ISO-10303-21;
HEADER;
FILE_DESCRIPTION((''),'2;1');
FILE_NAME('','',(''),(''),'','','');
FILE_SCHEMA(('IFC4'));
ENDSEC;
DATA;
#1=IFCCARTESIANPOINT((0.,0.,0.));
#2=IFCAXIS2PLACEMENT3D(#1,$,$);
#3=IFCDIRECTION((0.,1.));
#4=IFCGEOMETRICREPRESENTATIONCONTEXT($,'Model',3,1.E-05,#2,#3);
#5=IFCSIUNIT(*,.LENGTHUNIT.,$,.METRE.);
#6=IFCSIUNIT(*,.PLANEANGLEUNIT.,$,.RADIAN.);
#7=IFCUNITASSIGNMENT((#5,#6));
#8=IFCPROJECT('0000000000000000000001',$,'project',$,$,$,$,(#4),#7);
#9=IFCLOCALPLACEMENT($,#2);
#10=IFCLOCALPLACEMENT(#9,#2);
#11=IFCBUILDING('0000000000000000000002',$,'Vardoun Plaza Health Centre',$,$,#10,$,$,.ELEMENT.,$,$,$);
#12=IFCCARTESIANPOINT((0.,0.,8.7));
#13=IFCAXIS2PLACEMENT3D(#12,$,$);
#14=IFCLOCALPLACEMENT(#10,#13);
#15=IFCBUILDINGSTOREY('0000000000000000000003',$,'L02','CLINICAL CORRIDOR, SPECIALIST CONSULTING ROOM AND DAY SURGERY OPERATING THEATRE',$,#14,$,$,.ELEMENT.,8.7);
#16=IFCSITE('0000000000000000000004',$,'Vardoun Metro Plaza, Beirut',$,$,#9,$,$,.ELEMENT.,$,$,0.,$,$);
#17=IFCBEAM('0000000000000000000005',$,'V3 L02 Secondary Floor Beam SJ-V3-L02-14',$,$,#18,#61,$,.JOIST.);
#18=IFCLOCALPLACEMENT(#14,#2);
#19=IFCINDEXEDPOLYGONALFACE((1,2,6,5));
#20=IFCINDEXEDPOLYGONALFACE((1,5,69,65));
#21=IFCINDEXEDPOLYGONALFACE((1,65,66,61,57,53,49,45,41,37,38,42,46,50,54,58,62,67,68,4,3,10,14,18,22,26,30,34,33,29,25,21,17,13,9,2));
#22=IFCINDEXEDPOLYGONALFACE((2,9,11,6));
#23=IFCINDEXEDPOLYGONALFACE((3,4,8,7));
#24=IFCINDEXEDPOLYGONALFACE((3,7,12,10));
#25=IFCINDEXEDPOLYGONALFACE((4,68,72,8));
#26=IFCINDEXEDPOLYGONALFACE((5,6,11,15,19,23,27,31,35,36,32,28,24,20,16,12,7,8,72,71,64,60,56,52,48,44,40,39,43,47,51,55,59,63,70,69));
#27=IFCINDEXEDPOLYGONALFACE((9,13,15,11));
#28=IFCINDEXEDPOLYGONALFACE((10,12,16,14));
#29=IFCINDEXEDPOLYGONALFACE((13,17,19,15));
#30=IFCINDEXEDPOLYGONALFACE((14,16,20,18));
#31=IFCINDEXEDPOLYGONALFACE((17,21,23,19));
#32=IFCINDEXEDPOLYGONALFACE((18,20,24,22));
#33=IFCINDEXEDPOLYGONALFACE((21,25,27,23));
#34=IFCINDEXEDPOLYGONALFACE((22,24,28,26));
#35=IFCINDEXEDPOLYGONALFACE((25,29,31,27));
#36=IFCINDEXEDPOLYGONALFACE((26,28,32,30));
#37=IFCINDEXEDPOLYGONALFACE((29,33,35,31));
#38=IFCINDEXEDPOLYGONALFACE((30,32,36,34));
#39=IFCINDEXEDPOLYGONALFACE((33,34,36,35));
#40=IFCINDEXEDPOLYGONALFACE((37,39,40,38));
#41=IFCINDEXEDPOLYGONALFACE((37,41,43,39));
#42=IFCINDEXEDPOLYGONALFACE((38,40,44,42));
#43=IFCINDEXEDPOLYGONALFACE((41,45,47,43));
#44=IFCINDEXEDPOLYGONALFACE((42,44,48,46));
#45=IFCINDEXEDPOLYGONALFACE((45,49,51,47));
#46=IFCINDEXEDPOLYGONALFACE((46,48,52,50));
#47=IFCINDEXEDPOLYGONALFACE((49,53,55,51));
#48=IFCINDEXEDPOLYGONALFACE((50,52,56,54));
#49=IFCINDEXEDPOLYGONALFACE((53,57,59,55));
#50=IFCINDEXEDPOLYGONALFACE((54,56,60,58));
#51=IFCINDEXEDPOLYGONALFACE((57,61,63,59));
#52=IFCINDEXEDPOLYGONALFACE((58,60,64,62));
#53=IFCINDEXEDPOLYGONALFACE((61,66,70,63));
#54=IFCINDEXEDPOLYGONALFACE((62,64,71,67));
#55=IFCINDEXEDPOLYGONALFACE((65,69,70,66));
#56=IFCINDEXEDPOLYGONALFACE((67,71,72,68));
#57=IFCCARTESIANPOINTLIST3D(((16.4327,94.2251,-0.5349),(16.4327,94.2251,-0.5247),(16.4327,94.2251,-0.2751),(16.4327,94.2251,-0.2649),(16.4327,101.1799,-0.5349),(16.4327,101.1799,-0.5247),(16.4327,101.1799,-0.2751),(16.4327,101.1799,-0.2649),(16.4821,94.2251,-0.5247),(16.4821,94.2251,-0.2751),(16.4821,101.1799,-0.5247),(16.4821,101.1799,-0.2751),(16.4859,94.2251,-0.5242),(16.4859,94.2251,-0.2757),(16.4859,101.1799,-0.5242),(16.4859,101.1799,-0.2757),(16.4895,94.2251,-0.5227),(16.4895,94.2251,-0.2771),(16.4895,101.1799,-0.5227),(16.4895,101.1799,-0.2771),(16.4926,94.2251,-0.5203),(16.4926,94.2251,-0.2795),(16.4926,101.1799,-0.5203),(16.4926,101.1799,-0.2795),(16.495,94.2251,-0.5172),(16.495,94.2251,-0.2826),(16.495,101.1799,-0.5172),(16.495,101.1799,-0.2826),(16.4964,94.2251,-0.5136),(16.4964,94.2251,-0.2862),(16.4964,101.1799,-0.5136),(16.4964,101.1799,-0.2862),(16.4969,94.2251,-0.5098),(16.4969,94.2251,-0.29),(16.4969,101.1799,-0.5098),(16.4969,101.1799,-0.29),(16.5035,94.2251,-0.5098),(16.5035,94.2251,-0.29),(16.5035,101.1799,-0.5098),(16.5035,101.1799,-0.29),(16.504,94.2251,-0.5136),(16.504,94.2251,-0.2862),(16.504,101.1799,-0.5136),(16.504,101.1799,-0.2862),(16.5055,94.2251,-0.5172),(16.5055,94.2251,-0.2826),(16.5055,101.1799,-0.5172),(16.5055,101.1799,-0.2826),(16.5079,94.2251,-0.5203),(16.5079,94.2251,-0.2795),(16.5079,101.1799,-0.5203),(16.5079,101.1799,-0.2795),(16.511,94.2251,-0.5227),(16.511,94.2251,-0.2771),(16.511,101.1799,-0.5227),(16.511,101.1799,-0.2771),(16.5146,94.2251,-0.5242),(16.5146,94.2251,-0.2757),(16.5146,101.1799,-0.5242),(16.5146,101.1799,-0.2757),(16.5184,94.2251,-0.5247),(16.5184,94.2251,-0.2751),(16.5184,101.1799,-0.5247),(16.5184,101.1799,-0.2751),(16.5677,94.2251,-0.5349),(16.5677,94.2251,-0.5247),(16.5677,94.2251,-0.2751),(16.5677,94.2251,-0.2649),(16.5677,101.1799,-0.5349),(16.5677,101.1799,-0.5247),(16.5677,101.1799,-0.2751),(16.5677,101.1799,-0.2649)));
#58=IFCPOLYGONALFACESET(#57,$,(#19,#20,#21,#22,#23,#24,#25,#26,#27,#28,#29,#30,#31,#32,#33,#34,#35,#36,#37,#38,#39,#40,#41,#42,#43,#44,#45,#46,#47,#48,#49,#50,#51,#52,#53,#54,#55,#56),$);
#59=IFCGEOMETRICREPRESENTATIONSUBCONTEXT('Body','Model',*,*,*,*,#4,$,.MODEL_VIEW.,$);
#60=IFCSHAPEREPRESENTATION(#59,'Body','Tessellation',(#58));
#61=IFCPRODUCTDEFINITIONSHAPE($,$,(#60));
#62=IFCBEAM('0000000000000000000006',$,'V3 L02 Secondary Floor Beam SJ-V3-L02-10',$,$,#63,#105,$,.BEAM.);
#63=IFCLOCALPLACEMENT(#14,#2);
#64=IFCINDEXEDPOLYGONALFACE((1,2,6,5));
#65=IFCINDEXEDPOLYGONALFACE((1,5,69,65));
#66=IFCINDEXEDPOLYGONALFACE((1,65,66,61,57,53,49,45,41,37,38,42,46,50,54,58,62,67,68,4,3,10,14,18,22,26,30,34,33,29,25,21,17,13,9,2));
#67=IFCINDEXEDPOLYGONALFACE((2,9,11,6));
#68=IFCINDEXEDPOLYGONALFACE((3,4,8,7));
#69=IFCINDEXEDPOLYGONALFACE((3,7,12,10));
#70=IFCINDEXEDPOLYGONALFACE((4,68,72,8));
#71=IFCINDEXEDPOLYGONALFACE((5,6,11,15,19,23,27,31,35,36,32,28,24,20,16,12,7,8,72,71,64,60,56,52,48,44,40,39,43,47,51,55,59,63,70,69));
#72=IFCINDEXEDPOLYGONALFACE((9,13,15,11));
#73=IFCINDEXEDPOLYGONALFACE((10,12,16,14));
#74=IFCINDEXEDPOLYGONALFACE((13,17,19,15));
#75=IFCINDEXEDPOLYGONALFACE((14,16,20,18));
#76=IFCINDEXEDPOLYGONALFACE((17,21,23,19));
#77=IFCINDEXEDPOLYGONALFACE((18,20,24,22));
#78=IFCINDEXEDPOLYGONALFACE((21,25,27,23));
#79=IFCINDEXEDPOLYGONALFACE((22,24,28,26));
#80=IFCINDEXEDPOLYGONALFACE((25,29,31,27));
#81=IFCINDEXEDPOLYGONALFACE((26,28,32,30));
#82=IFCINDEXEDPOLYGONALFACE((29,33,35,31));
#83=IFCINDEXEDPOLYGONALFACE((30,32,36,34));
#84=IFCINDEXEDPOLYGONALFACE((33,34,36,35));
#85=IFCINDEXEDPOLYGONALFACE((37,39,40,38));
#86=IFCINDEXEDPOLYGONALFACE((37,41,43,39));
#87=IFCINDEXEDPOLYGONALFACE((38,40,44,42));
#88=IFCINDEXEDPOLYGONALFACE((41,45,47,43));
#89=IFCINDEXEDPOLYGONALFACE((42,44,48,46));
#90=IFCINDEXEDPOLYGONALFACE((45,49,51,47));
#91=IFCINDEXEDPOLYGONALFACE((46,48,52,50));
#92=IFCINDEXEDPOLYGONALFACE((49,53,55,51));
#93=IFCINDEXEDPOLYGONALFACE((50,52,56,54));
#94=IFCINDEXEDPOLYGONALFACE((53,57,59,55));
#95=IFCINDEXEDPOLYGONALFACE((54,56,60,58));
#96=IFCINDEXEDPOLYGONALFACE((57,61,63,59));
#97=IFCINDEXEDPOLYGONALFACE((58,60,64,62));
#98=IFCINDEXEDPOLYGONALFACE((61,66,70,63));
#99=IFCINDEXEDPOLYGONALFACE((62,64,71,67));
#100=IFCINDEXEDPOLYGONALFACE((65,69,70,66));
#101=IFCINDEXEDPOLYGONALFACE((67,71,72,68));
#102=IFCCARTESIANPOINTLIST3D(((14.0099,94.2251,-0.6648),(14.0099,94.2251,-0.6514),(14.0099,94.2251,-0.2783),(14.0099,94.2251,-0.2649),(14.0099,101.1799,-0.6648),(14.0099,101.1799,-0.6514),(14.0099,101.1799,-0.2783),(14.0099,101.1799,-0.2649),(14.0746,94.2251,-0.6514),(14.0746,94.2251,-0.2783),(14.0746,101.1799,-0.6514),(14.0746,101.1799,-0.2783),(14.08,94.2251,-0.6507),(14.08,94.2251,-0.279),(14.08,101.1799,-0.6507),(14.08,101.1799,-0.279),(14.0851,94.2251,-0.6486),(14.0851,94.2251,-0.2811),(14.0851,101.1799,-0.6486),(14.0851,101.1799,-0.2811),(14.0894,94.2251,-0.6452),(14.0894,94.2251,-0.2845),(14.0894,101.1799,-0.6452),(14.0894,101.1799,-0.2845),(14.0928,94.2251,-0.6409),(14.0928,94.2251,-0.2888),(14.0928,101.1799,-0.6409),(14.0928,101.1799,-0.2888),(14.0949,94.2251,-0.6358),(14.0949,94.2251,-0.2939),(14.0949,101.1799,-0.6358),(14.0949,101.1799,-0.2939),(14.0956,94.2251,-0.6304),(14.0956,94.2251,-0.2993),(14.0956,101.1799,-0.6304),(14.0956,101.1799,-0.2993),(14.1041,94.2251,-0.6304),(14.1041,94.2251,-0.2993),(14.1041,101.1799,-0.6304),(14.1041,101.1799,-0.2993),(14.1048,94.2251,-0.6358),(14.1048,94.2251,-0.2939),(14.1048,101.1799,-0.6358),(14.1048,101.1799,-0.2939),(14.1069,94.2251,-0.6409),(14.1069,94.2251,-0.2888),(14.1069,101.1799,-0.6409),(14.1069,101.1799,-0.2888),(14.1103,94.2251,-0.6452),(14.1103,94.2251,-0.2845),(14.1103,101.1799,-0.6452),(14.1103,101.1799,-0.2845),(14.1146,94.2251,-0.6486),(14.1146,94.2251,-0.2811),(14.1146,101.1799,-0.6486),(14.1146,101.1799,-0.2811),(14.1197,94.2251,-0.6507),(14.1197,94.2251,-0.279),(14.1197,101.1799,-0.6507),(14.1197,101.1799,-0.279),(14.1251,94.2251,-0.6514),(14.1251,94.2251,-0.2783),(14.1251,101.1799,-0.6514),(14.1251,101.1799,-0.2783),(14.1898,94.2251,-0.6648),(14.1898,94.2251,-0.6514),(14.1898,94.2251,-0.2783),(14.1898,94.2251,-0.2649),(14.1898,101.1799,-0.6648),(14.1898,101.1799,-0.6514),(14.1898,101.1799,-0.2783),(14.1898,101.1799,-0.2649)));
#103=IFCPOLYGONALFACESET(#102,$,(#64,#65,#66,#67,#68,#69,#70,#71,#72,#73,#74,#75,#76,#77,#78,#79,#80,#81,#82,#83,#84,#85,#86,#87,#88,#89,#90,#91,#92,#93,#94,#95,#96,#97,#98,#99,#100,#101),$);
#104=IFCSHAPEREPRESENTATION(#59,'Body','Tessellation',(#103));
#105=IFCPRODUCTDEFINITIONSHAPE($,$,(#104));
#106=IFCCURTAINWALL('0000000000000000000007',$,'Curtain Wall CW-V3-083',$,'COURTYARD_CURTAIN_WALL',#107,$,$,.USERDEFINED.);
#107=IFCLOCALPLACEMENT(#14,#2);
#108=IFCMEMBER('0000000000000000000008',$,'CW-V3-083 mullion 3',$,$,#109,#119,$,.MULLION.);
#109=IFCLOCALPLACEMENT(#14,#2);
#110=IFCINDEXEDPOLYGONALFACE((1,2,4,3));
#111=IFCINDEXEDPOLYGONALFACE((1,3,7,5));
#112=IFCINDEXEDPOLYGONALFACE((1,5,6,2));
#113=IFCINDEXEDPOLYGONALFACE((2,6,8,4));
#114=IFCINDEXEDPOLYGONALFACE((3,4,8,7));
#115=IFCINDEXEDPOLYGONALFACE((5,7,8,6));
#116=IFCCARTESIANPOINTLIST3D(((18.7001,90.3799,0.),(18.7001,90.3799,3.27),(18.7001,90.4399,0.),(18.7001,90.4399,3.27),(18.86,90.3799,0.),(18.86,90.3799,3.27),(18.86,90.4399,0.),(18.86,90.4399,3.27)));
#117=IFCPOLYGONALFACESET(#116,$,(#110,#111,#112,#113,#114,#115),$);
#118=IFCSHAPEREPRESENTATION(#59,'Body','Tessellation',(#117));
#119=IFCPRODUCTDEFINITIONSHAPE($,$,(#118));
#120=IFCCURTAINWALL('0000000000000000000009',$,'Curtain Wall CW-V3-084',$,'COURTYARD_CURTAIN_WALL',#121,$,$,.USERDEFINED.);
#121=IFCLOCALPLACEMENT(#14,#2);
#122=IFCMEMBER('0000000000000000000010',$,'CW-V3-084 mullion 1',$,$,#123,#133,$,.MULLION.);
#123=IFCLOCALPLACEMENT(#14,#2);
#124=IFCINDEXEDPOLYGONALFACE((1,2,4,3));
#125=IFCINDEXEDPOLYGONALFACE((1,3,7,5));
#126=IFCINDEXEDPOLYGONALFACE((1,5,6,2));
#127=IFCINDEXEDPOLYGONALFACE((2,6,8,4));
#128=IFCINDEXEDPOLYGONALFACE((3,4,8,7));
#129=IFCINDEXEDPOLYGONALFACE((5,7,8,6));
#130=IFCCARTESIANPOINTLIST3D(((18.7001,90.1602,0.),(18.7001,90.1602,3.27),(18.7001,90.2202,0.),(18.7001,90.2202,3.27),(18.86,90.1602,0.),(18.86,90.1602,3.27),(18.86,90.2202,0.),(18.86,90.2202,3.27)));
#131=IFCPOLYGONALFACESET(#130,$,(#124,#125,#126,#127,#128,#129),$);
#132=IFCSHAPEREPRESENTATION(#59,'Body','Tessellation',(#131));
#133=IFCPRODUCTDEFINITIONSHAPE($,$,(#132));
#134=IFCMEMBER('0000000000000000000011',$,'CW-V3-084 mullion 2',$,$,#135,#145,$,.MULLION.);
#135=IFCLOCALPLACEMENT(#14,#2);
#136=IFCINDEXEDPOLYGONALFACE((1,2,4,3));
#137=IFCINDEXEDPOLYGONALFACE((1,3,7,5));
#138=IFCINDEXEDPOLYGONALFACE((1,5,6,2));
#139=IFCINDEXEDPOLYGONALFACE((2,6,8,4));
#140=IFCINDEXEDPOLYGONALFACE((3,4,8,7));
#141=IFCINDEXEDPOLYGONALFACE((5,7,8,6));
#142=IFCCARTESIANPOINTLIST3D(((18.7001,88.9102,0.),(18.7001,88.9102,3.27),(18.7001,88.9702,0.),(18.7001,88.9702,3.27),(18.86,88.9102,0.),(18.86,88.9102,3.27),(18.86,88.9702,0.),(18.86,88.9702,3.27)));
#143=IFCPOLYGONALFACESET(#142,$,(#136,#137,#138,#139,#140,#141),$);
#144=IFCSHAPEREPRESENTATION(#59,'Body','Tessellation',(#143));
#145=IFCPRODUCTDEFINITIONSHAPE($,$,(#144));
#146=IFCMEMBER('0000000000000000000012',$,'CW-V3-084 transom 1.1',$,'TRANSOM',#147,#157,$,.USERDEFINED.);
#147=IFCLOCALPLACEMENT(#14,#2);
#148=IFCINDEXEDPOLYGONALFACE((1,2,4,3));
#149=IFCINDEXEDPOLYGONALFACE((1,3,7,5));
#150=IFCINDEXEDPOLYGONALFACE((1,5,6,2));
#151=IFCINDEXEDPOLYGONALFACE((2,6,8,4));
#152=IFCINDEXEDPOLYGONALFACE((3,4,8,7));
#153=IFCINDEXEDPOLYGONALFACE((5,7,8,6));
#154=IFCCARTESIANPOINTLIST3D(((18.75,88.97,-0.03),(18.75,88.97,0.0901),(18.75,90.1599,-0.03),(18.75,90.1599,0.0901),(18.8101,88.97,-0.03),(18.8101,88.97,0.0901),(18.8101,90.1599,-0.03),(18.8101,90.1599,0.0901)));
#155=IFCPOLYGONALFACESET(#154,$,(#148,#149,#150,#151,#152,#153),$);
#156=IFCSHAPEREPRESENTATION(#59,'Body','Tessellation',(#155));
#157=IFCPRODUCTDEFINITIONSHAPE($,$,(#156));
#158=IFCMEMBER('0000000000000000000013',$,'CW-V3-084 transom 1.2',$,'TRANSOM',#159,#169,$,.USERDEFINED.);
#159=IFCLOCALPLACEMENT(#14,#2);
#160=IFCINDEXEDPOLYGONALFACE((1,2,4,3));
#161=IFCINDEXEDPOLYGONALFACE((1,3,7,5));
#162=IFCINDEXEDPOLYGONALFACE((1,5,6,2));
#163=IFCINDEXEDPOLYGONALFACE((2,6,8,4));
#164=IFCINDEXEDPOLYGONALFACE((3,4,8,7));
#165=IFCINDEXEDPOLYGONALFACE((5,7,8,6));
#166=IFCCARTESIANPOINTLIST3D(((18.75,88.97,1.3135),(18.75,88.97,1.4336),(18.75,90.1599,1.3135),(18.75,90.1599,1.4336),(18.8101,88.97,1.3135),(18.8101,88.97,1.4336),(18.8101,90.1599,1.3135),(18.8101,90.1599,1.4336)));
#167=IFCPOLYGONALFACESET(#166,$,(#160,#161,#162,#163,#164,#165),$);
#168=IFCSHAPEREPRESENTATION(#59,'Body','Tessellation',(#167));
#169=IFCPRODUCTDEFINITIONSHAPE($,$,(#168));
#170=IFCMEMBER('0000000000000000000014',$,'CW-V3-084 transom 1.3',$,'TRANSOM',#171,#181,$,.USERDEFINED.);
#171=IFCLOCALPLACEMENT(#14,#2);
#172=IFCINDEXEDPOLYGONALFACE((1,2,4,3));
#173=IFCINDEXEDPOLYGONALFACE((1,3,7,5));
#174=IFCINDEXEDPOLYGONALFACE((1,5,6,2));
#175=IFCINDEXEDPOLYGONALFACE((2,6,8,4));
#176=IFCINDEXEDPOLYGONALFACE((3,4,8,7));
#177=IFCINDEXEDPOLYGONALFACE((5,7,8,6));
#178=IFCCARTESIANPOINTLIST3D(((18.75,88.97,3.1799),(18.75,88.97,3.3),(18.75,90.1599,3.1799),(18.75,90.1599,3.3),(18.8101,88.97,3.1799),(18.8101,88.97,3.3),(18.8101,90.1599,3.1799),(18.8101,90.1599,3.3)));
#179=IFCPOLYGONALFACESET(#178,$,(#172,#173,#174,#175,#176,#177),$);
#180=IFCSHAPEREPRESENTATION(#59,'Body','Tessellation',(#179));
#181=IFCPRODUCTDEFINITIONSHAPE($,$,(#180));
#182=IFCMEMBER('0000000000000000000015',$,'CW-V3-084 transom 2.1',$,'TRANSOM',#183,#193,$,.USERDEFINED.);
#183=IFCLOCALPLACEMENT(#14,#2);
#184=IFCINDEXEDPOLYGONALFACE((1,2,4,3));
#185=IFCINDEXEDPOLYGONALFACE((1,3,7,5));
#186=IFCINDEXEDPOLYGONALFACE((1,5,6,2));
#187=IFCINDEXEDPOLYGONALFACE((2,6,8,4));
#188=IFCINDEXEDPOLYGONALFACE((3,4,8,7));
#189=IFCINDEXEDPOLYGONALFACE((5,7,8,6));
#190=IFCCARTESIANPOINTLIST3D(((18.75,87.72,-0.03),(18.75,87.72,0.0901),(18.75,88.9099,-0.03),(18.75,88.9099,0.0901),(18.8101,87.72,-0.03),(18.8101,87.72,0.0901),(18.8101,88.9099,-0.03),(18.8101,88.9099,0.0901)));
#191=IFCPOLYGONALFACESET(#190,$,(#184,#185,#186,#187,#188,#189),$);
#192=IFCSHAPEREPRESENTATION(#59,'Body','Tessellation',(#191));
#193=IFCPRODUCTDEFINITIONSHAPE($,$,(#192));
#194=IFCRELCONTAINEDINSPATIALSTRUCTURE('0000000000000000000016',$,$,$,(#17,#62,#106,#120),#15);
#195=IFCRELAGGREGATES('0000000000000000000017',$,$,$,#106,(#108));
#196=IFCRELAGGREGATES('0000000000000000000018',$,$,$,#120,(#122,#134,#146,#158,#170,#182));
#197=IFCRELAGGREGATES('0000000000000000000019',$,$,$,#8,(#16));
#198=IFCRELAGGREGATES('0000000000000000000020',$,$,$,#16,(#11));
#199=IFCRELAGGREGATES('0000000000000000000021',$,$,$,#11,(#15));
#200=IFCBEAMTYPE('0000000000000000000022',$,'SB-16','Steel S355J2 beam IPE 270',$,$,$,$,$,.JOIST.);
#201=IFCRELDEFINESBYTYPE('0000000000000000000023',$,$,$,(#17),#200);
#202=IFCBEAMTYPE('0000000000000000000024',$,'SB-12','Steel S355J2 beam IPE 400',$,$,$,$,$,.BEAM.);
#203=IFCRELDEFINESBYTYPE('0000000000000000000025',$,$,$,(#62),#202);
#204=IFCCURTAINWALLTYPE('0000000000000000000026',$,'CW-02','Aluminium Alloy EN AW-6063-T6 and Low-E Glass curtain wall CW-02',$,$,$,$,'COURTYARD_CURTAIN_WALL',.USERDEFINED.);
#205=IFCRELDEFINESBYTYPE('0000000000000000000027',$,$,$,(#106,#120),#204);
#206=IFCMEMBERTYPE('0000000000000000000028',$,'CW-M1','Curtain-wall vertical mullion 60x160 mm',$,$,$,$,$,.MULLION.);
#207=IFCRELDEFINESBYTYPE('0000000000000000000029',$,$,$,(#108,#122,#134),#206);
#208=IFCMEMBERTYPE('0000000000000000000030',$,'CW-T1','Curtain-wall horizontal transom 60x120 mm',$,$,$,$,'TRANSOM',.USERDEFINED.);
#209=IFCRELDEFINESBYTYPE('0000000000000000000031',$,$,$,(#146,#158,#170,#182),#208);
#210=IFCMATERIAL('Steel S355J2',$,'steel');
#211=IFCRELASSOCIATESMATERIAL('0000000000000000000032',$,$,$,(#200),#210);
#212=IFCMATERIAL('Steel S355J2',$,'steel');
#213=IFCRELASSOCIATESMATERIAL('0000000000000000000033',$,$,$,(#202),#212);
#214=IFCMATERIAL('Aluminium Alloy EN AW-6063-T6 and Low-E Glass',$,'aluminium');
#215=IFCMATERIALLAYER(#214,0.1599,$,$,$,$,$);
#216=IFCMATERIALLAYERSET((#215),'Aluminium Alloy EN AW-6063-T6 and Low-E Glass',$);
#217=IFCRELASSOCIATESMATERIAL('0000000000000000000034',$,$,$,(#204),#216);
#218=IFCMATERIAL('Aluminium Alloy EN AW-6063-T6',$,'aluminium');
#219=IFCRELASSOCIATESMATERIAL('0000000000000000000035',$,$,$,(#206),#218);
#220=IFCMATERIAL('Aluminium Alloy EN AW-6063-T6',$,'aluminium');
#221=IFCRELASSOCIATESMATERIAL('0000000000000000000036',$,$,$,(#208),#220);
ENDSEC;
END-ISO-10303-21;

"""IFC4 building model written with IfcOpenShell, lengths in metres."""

from ifc_helpers import new_model, si_unit, direction, frame, origin, origin_2d, place, context, subcontext, project, spatial, rectangle, i_section, extrude, material, layer, layer_set, material_profile, profile_set, type_object, element, aggregate, save


model = new_model("IFC4")

# Units and contexts
model_context = context("Model", 3, precision=1e-05, world=origin(), true_north=direction((0.0, 1.0)))
body_context = subcontext(model_context, "Body", "Model", "MODEL_VIEW")
ifc_project = project(units=[si_unit("LENGTHUNIT", "METRE"), si_unit("PLANEANGLEUNIT", "RADIAN")], contexts=[model_context])

# Site, building, storey
site_placement = place(None, origin())
site = spatial("IfcSite", under=ifc_project, at=site_placement, Name="Vardoun Metro Plaza, Beirut", CompositionType="ELEMENT", RefElevation=0.0)
building_placement = place(site_placement, origin())
building = spatial("IfcBuilding", under=site, at=building_placement, Name="Vardoun Plaza Health Centre", CompositionType="ELEMENT")
storey_placement = place(building_placement, frame((0.0, 0.0, 8.7)))
storey = spatial("IfcBuildingStorey", under=building, at=storey_placement, Name="L02", Description="CLINICAL CORRIDOR, SPECIALIST CONSULTING ROOM AND DAY SURGERY OPERATING THEATRE", CompositionType="ELEMENT", Elevation=8.7)

# Beams
ifc_material_1 = material(Name="Steel S355J2", Category="steel")
ifc_material_profile_1 = material_profile(ifc_material_1, i_section(OverallWidth=0.135, OverallDepth=0.27, WebThickness=0.0066, FlangeThickness=0.0103, FilletRadius=0.0149, at=origin_2d()), Name="IPE 270")
ifc_profile_set_1 = profile_set([ifc_material_profile_1], Name="Steel S355J2")
beam_type_1 = type_object("IfcBeamType", Name="SB-16", Description="Steel S355J2 beam IPE 270", PredefinedType="JOIST", material=ifc_profile_set_1)
beam_1_placement = place(storey_placement, frame((16.5002, 94.2251, -0.3999), z_axis=(0.0, 1.0, 0.0), x_axis=(-1.0, 0.0, 0.0)))
element("IfcBeam", 1, at=beam_1_placement, inside=storey, type_object=beam_type_1, Name="V3 L02 Secondary Floor Beam SJ-V3-L02-14", PredefinedType="JOIST", context=body_context, shape_type="SweptSolid", body=[
    extrude(i_section(OverallWidth=0.135, OverallDepth=0.27, WebThickness=0.0066, FlangeThickness=0.0103, FilletRadius=0.0149, at=origin_2d()), origin(), (0.0, 0.0, 1.0), 6.9548),
])
ifc_material_2 = material(Name="Steel S355J2", Category="steel")
ifc_material_profile_2 = material_profile(ifc_material_2, i_section(OverallWidth=0.1799, OverallDepth=0.3999, WebThickness=0.0085, FlangeThickness=0.0134, FilletRadius=0.021, at=origin_2d()), Name="IPE 400")
ifc_profile_set_2 = profile_set([ifc_material_profile_2], Name="Steel S355J2")
beam_type_2 = type_object("IfcBeamType", Name="SB-12", Description="Steel S355J2 beam IPE 400", PredefinedType="BEAM", material=ifc_profile_set_2)
beam_2_placement = place(storey_placement, frame((14.0999, 94.2251, -0.4648), z_axis=(0.0, 1.0, 0.0), x_axis=(-1.0, 0.0, 0.0)))
element("IfcBeam", 2, at=beam_2_placement, inside=storey, type_object=beam_type_2, Name="V3 L02 Secondary Floor Beam SJ-V3-L02-10", PredefinedType="BEAM", context=body_context, shape_type="SweptSolid", body=[
    extrude(i_section(OverallWidth=0.1799, OverallDepth=0.3999, WebThickness=0.0085, FlangeThickness=0.0134, FilletRadius=0.021, at=origin_2d()), origin(), (0.0, 0.0, 1.0), 6.9548),
])

# Curtain wall, member
ifc_material_3 = material(Name="Aluminium Alloy EN AW-6063-T6 and Low-E Glass", Category="aluminium")
ifc_layer_1 = layer(ifc_material_3, 0.1599)
ifc_layer_set_1 = layer_set([ifc_layer_1], Name="Aluminium Alloy EN AW-6063-T6 and Low-E Glass")
curtain_wall_type = type_object("IfcCurtainWallType", Name="CW-02", Description="Aluminium Alloy EN AW-6063-T6 and Low-E Glass curtain wall CW-02", ElementType="COURTYARD_CURTAIN_WALL", PredefinedType="USERDEFINED", material=ifc_layer_set_1)
curtain_wall_1_placement = place(storey_placement, origin())
curtain_wall_1 = element("IfcCurtainWall", 3, at=curtain_wall_1_placement, inside=storey, type_object=curtain_wall_type, Name="Curtain Wall CW-V3-083", ObjectType="COURTYARD_CURTAIN_WALL", PredefinedType="USERDEFINED")
ifc_material_4 = material(Name="Aluminium Alloy EN AW-6063-T6", Category="aluminium")
ifc_material_profile_3 = material_profile(ifc_material_4, rectangle(XDim=0.1599, YDim=0.0601, at=origin_2d()), Name="CWM 60x160")
ifc_profile_set_3 = profile_set([ifc_material_profile_3], Name="Aluminium Alloy EN AW-6063-T6")
member_type_1 = type_object("IfcMemberType", Name="CW-M1", Description="Curtain-wall vertical mullion 60x160 mm", PredefinedType="MULLION", material=ifc_profile_set_3)
member_1_placement = place(storey_placement, frame((18.78, 90.4099, 0.0), z_axis=(0.0, 0.0, 1.0), x_axis=(1.0, 0.0, 0.0)))
member_1 = element("IfcMember", 4, at=member_1_placement, type_object=member_type_1, Name="CW-V3-083 mullion 3", PredefinedType="MULLION", context=body_context, shape_type="SweptSolid", body=[
    extrude(rectangle(XDim=0.1599, YDim=0.0601, at=origin_2d()), origin(), (0.0, 0.0, 1.0), 3.27),
])

# Curtain wall, members
curtain_wall_2_placement = place(storey_placement, origin())
curtain_wall_2 = element("IfcCurtainWall", 5, at=curtain_wall_2_placement, inside=storey, type_object=curtain_wall_type, Name="Curtain Wall CW-V3-084", ObjectType="COURTYARD_CURTAIN_WALL", PredefinedType="USERDEFINED")
member_2_placement = place(storey_placement, frame((18.78, 90.1902, 0.0), z_axis=(0.0, 0.0, 1.0), x_axis=(1.0, 0.0, 0.0)))
member_2 = element("IfcMember", 6, at=member_2_placement, type_object=member_type_1, Name="CW-V3-084 mullion 1", PredefinedType="MULLION", context=body_context, shape_type="SweptSolid", body=[
    extrude(rectangle(XDim=0.1599, YDim=0.0601, at=origin_2d()), origin(), (0.0, 0.0, 1.0), 3.27),
])
member_3_placement = place(storey_placement, frame((18.78, 88.9402, 0.0), z_axis=(0.0, 0.0, 1.0), x_axis=(1.0, 0.0, 0.0)))
member_3 = element("IfcMember", 7, at=member_3_placement, type_object=member_type_1, Name="CW-V3-084 mullion 2", PredefinedType="MULLION", context=body_context, shape_type="SweptSolid", body=[
    extrude(rectangle(XDim=0.1599, YDim=0.0601, at=origin_2d()), origin(), (0.0, 0.0, 1.0), 3.27),
])
ifc_material_5 = material(Name="Aluminium Alloy EN AW-6063-T6", Category="aluminium")
ifc_material_profile_4 = material_profile(ifc_material_5, rectangle(XDim=0.0601, YDim=0.1201, at=origin_2d()), Name="CWT 60x120")
ifc_profile_set_4 = profile_set([ifc_material_profile_4], Name="Aluminium Alloy EN AW-6063-T6")
member_type_2 = type_object("IfcMemberType", Name="CW-T1", Description="Curtain-wall horizontal transom 60x120 mm", ElementType="TRANSOM", PredefinedType="USERDEFINED", material=ifc_profile_set_4)
member_4_placement = place(storey_placement, frame((18.78, 90.1599, 0.03), z_axis=(0.0, -1.0, 0.0), x_axis=(1.0, 0.0, 0.0)))
member_4 = element("IfcMember", 8, at=member_4_placement, type_object=member_type_2, Name="CW-V3-084 transom 1.1", ObjectType="TRANSOM", PredefinedType="USERDEFINED", context=body_context, shape_type="SweptSolid", body=[
    extrude(rectangle(XDim=0.0601, YDim=0.1201, at=origin_2d()), origin(), (0.0, 0.0, 1.0), 1.1899),
])
member_5_placement = place(storey_placement, frame((18.78, 90.1599, 1.3735), z_axis=(0.0, -1.0, 0.0), x_axis=(1.0, 0.0, 0.0)))
member_5 = element("IfcMember", 9, at=member_5_placement, type_object=member_type_2, Name="CW-V3-084 transom 1.2", ObjectType="TRANSOM", PredefinedType="USERDEFINED", context=body_context, shape_type="SweptSolid", body=[
    extrude(rectangle(XDim=0.0601, YDim=0.1201, at=origin_2d()), origin(), (0.0, 0.0, 1.0), 1.1899),
])
member_6_placement = place(storey_placement, frame((18.78, 90.1599, 3.24), z_axis=(0.0, -1.0, 0.0), x_axis=(1.0, 0.0, 0.0)))
member_6 = element("IfcMember", 10, at=member_6_placement, type_object=member_type_2, Name="CW-V3-084 transom 1.3", ObjectType="TRANSOM", PredefinedType="USERDEFINED", context=body_context, shape_type="SweptSolid", body=[
    extrude(rectangle(XDim=0.0601, YDim=0.1201, at=origin_2d()), origin(), (0.0, 0.0, 1.0), 1.1899),
])
member_7_placement = place(storey_placement, frame((18.78, 88.9099, 0.03), z_axis=(0.0, -1.0, 0.0), x_axis=(1.0, 0.0, 0.0)))
member_7 = element("IfcMember", 11, at=member_7_placement, type_object=member_type_2, Name="CW-V3-084 transom 2.1", ObjectType="TRANSOM", PredefinedType="USERDEFINED", context=body_context, shape_type="SweptSolid", body=[
    extrude(rectangle(XDim=0.0601, YDim=0.1201, at=origin_2d()), origin(), (0.0, 0.0, 1.0), 1.1899),
])

aggregate(curtain_wall_1, [member_1])
aggregate(curtain_wall_2, [member_2, member_3, member_4, member_5, member_6, member_7])

save(model, "model.ifc")
